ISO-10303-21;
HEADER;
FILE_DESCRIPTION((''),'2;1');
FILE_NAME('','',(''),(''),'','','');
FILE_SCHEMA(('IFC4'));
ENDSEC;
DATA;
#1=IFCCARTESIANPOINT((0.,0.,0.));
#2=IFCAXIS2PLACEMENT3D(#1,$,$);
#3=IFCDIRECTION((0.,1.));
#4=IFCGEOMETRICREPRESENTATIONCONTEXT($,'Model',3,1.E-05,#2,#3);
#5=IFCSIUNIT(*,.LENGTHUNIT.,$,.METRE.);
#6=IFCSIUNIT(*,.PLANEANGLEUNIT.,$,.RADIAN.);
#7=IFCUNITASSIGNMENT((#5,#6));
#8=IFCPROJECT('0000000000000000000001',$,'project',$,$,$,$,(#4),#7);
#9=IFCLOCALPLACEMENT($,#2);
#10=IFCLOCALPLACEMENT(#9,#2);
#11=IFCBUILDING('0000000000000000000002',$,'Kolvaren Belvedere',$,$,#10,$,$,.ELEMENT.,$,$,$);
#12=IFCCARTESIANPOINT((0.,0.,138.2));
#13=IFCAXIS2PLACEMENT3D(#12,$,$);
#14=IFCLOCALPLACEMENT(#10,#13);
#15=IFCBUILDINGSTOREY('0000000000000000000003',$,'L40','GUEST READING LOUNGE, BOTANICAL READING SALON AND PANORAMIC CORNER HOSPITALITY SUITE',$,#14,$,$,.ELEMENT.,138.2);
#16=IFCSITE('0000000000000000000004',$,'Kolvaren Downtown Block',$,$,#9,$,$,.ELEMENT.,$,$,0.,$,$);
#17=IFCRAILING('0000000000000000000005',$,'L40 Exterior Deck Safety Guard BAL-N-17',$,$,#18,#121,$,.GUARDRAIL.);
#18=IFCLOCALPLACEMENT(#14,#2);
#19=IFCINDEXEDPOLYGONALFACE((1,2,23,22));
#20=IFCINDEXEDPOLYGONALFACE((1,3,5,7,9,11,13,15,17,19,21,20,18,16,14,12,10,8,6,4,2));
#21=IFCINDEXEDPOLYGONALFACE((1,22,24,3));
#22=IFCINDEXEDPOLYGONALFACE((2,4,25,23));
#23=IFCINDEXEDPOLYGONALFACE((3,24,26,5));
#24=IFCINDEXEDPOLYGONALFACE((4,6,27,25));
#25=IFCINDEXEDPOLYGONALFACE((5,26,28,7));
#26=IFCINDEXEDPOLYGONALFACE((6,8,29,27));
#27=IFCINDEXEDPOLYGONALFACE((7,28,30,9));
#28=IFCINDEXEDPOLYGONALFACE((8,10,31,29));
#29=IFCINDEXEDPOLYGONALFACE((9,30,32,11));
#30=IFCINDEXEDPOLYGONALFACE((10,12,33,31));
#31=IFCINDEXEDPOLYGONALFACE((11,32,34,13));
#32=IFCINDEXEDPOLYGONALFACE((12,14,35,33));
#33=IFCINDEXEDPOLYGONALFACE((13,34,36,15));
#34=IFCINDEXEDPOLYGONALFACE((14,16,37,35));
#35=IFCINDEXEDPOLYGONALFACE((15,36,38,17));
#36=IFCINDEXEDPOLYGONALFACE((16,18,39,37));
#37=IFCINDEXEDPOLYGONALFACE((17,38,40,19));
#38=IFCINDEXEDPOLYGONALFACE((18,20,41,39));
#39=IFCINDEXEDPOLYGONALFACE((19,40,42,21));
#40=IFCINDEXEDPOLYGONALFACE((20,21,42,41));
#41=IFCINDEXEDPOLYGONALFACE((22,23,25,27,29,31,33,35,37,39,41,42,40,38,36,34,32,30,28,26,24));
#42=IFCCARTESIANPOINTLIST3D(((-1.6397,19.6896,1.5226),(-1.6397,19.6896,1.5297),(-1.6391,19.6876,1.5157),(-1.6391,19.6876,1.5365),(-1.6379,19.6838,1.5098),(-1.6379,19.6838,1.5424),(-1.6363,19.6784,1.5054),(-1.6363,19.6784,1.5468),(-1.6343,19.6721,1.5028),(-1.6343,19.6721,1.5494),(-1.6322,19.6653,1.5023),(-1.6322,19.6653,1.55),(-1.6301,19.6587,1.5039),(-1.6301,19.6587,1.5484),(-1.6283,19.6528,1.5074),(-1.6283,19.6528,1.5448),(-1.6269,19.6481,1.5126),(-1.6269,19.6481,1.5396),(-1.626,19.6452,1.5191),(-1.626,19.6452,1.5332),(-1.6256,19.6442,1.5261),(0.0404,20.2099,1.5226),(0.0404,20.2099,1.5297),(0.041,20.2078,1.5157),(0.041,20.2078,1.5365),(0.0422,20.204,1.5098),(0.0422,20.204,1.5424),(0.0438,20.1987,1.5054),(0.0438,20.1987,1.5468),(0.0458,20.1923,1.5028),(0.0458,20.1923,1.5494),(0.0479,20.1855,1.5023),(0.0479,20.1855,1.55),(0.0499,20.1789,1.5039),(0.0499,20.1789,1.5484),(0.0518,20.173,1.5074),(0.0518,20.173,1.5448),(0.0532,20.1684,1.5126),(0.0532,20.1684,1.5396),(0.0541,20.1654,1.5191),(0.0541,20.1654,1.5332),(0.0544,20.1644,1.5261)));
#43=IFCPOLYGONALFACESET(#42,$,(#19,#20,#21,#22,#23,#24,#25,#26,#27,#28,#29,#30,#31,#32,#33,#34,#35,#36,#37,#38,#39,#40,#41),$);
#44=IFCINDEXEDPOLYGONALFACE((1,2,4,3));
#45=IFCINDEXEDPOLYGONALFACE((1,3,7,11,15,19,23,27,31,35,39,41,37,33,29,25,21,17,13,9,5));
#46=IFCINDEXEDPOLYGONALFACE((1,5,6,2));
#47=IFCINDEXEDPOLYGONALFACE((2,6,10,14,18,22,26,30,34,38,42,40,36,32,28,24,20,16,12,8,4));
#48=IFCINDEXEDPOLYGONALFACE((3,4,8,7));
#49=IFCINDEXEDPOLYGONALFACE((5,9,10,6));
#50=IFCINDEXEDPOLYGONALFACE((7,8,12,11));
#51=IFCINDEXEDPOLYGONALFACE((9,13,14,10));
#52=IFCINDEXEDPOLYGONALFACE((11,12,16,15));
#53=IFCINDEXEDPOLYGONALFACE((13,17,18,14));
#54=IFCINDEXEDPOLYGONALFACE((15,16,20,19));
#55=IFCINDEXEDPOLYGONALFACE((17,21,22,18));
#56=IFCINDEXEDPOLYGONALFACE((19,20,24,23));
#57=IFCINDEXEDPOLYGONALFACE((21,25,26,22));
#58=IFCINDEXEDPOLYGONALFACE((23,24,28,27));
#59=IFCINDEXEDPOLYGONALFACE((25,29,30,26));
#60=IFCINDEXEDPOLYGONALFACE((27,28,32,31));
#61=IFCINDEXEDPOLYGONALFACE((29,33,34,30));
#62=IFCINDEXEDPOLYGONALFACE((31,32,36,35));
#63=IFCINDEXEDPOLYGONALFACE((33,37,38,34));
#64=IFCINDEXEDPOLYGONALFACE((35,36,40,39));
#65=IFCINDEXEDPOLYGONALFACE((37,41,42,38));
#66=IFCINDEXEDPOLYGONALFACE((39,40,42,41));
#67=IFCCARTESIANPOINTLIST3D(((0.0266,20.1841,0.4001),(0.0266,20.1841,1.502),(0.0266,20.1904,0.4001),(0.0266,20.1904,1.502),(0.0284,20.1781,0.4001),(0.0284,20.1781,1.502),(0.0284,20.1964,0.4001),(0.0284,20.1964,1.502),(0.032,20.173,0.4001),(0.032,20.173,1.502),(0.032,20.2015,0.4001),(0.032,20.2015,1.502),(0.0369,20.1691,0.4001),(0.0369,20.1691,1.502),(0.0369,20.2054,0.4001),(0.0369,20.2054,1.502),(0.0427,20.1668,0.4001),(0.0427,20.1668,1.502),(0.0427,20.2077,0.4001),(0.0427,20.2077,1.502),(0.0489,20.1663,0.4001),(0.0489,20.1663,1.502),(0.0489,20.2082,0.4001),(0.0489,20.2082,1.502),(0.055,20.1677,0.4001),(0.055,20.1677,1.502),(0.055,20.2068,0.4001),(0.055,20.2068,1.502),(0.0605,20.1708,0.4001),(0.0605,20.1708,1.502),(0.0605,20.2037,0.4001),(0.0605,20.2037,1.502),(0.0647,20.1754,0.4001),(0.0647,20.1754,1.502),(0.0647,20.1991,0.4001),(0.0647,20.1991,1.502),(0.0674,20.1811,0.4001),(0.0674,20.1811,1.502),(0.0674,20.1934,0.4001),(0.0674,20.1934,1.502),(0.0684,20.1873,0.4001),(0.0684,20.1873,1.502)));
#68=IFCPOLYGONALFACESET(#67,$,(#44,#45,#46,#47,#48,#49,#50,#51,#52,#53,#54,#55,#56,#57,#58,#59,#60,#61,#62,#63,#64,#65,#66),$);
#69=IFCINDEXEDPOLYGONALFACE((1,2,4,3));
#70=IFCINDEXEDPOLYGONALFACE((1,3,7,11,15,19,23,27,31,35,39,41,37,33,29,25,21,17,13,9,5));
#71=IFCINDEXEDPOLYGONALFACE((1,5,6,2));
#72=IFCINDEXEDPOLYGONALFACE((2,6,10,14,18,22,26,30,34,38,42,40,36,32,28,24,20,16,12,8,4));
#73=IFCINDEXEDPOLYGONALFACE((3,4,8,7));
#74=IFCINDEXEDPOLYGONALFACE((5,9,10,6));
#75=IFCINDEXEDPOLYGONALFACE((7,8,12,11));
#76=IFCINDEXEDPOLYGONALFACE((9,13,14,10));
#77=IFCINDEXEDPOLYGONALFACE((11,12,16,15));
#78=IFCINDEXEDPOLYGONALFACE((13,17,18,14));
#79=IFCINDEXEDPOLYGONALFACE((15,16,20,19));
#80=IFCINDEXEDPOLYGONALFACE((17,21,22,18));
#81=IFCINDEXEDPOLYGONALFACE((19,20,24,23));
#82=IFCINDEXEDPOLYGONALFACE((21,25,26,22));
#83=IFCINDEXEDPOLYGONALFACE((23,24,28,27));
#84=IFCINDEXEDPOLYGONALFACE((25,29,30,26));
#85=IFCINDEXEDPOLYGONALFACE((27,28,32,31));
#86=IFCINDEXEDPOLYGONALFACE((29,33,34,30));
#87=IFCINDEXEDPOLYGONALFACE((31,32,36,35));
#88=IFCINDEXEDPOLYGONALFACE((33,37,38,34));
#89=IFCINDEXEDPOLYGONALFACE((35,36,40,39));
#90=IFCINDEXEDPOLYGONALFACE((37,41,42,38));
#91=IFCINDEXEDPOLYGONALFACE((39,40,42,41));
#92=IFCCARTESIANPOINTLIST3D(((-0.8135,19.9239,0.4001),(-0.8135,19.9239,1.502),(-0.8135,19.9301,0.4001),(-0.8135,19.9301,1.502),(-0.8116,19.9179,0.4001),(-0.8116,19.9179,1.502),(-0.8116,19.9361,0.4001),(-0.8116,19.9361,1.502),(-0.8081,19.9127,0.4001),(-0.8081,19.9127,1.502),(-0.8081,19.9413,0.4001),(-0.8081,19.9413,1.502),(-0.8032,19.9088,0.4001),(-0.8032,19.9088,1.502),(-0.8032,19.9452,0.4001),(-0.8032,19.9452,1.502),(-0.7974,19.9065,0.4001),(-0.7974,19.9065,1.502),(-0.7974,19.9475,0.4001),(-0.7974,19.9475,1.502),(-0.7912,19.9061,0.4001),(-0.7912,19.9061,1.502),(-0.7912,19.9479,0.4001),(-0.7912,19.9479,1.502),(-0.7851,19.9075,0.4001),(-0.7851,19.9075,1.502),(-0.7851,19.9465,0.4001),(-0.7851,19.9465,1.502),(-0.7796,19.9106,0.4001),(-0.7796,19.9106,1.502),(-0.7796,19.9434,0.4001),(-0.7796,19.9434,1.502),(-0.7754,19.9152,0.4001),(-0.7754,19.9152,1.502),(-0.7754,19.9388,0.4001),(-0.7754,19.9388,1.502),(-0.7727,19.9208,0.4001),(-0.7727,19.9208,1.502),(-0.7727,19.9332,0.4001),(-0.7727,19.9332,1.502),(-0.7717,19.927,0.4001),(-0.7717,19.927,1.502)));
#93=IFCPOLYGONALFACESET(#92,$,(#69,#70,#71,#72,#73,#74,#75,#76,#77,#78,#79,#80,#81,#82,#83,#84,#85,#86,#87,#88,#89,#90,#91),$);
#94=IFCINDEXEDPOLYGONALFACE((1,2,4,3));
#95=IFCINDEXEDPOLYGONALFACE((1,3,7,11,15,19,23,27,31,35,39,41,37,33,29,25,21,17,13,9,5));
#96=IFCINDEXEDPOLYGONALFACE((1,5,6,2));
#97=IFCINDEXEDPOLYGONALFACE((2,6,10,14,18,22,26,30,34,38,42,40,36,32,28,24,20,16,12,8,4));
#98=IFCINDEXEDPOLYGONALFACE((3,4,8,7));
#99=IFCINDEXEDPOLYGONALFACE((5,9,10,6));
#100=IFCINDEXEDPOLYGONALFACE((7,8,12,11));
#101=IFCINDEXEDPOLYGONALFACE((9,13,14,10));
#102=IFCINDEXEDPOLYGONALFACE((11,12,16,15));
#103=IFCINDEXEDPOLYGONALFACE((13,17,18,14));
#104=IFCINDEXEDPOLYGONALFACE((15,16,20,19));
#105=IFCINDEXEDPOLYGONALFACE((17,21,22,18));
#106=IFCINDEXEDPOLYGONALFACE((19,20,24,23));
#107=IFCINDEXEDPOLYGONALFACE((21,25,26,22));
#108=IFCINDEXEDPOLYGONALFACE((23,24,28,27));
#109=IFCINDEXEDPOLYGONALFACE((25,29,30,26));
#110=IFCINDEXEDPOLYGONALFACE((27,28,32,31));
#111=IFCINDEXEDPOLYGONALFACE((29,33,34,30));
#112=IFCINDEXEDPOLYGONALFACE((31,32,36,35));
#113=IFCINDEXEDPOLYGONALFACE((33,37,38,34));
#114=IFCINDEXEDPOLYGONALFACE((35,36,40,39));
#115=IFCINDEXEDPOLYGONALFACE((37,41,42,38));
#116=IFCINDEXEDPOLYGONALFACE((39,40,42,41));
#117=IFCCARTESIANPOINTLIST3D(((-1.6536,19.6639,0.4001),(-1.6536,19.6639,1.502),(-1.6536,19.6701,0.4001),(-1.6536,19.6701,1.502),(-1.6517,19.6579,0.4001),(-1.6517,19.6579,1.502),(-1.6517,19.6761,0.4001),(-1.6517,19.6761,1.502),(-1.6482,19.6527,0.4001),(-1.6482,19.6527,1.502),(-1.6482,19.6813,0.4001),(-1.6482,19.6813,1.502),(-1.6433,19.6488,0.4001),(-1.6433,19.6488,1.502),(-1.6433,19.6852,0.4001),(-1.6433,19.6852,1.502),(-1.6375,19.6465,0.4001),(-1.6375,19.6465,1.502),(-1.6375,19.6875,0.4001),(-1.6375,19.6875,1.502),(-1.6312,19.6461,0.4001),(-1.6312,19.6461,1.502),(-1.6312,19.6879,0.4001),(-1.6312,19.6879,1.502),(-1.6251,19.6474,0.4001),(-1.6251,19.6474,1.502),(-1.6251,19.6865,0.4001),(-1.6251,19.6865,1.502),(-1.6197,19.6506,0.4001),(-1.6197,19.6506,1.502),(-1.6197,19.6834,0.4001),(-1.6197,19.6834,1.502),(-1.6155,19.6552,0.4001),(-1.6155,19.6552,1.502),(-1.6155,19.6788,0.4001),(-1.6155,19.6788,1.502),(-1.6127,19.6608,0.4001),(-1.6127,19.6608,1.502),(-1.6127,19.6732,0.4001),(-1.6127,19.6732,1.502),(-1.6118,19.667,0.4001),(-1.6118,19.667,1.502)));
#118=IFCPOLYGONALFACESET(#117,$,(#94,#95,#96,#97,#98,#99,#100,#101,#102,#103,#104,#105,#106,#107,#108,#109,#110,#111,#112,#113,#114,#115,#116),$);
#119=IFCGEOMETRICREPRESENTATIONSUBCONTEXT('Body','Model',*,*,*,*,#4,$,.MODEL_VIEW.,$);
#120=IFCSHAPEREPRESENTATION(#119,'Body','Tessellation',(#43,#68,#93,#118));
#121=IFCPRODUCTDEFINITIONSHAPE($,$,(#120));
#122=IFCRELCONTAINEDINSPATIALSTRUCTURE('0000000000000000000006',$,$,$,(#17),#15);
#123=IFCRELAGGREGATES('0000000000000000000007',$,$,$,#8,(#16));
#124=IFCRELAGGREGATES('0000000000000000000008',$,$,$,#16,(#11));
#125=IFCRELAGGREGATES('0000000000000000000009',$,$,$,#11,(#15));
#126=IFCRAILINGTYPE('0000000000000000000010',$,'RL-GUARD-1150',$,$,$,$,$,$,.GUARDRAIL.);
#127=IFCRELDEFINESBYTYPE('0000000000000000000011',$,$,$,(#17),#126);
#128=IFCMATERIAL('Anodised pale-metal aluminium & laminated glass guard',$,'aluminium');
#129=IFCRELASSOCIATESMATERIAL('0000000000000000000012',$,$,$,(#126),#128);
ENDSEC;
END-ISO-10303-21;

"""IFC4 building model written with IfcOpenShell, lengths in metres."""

from ifc_helpers import new_model, si_unit, direction, frame, origin, origin_2d, place, context, subcontext, project, spatial, circle, extrude, material, type_object, element, save


model = new_model("IFC4")

# Units and contexts
model_context = context("Model", 3, precision=1e-05, world=origin(), true_north=direction((0.0, 1.0)))
body_context = subcontext(model_context, "Body", "Model", "MODEL_VIEW")
ifc_project = project(units=[si_unit("LENGTHUNIT", "METRE"), si_unit("PLANEANGLEUNIT", "RADIAN")], contexts=[model_context])

# Site, building, storey
site_placement = place(None, origin())
site = spatial("IfcSite", under=ifc_project, at=site_placement, Name="Kolvaren Downtown Block", CompositionType="ELEMENT", RefElevation=0.0)
building_placement = place(site_placement, origin())
building = spatial("IfcBuilding", under=site, at=building_placement, Name="Kolvaren Belvedere", CompositionType="ELEMENT")
storey_placement = place(building_placement, frame((0.0, 0.0, 138.2)))
storey = spatial("IfcBuildingStorey", under=building, at=storey_placement, Name="L40", Description="GUEST READING LOUNGE, BOTANICAL READING SALON AND PANORAMIC CORNER HOSPITALITY SUITE", CompositionType="ELEMENT", Elevation=138.2)

# Railing
ifc_material_1 = material(Name="Anodised pale-metal aluminium & laminated glass guard", Category="aluminium")
railing_type = type_object("IfcRailingType", Name="RL-GUARD-1150", PredefinedType="GUARDRAIL", material=ifc_material_1)
railing_1_placement = place(storey_placement, frame((0.0474, 20.1873, 0.4001)))
element("IfcRailing", 1, at=railing_1_placement, inside=storey, type_object=railing_type, Name="L40 Exterior Deck Safety Guard BAL-N-17", PredefinedType="GUARDRAIL", context=body_context, shape_type="SweptSolid", body=[
    extrude(circle(Radius=0.0239, at=origin_2d()), frame((0.0, 0.0, 1.126), z_axis=(-0.955252, -0.295792, 0.0), x_axis=(0.295792, -0.955252, 0.0)), (0.0, 0.0, 1.0), 1.7588),
    extrude(circle(Radius=0.021, at=origin_2d()), origin(), (0.0, 0.0, 1.0), 1.1018),
    extrude(circle(Radius=0.021, at=origin_2d()), frame((-0.8401, -0.2603, 0.0)), (0.0, 0.0, 1.0), 1.1018),
    extrude(circle(Radius=0.021, at=origin_2d()), frame((-1.6802, -0.5203, 0.0)), (0.0, 0.0, 1.0), 1.1018),
])

save(model, "model.ifc")
